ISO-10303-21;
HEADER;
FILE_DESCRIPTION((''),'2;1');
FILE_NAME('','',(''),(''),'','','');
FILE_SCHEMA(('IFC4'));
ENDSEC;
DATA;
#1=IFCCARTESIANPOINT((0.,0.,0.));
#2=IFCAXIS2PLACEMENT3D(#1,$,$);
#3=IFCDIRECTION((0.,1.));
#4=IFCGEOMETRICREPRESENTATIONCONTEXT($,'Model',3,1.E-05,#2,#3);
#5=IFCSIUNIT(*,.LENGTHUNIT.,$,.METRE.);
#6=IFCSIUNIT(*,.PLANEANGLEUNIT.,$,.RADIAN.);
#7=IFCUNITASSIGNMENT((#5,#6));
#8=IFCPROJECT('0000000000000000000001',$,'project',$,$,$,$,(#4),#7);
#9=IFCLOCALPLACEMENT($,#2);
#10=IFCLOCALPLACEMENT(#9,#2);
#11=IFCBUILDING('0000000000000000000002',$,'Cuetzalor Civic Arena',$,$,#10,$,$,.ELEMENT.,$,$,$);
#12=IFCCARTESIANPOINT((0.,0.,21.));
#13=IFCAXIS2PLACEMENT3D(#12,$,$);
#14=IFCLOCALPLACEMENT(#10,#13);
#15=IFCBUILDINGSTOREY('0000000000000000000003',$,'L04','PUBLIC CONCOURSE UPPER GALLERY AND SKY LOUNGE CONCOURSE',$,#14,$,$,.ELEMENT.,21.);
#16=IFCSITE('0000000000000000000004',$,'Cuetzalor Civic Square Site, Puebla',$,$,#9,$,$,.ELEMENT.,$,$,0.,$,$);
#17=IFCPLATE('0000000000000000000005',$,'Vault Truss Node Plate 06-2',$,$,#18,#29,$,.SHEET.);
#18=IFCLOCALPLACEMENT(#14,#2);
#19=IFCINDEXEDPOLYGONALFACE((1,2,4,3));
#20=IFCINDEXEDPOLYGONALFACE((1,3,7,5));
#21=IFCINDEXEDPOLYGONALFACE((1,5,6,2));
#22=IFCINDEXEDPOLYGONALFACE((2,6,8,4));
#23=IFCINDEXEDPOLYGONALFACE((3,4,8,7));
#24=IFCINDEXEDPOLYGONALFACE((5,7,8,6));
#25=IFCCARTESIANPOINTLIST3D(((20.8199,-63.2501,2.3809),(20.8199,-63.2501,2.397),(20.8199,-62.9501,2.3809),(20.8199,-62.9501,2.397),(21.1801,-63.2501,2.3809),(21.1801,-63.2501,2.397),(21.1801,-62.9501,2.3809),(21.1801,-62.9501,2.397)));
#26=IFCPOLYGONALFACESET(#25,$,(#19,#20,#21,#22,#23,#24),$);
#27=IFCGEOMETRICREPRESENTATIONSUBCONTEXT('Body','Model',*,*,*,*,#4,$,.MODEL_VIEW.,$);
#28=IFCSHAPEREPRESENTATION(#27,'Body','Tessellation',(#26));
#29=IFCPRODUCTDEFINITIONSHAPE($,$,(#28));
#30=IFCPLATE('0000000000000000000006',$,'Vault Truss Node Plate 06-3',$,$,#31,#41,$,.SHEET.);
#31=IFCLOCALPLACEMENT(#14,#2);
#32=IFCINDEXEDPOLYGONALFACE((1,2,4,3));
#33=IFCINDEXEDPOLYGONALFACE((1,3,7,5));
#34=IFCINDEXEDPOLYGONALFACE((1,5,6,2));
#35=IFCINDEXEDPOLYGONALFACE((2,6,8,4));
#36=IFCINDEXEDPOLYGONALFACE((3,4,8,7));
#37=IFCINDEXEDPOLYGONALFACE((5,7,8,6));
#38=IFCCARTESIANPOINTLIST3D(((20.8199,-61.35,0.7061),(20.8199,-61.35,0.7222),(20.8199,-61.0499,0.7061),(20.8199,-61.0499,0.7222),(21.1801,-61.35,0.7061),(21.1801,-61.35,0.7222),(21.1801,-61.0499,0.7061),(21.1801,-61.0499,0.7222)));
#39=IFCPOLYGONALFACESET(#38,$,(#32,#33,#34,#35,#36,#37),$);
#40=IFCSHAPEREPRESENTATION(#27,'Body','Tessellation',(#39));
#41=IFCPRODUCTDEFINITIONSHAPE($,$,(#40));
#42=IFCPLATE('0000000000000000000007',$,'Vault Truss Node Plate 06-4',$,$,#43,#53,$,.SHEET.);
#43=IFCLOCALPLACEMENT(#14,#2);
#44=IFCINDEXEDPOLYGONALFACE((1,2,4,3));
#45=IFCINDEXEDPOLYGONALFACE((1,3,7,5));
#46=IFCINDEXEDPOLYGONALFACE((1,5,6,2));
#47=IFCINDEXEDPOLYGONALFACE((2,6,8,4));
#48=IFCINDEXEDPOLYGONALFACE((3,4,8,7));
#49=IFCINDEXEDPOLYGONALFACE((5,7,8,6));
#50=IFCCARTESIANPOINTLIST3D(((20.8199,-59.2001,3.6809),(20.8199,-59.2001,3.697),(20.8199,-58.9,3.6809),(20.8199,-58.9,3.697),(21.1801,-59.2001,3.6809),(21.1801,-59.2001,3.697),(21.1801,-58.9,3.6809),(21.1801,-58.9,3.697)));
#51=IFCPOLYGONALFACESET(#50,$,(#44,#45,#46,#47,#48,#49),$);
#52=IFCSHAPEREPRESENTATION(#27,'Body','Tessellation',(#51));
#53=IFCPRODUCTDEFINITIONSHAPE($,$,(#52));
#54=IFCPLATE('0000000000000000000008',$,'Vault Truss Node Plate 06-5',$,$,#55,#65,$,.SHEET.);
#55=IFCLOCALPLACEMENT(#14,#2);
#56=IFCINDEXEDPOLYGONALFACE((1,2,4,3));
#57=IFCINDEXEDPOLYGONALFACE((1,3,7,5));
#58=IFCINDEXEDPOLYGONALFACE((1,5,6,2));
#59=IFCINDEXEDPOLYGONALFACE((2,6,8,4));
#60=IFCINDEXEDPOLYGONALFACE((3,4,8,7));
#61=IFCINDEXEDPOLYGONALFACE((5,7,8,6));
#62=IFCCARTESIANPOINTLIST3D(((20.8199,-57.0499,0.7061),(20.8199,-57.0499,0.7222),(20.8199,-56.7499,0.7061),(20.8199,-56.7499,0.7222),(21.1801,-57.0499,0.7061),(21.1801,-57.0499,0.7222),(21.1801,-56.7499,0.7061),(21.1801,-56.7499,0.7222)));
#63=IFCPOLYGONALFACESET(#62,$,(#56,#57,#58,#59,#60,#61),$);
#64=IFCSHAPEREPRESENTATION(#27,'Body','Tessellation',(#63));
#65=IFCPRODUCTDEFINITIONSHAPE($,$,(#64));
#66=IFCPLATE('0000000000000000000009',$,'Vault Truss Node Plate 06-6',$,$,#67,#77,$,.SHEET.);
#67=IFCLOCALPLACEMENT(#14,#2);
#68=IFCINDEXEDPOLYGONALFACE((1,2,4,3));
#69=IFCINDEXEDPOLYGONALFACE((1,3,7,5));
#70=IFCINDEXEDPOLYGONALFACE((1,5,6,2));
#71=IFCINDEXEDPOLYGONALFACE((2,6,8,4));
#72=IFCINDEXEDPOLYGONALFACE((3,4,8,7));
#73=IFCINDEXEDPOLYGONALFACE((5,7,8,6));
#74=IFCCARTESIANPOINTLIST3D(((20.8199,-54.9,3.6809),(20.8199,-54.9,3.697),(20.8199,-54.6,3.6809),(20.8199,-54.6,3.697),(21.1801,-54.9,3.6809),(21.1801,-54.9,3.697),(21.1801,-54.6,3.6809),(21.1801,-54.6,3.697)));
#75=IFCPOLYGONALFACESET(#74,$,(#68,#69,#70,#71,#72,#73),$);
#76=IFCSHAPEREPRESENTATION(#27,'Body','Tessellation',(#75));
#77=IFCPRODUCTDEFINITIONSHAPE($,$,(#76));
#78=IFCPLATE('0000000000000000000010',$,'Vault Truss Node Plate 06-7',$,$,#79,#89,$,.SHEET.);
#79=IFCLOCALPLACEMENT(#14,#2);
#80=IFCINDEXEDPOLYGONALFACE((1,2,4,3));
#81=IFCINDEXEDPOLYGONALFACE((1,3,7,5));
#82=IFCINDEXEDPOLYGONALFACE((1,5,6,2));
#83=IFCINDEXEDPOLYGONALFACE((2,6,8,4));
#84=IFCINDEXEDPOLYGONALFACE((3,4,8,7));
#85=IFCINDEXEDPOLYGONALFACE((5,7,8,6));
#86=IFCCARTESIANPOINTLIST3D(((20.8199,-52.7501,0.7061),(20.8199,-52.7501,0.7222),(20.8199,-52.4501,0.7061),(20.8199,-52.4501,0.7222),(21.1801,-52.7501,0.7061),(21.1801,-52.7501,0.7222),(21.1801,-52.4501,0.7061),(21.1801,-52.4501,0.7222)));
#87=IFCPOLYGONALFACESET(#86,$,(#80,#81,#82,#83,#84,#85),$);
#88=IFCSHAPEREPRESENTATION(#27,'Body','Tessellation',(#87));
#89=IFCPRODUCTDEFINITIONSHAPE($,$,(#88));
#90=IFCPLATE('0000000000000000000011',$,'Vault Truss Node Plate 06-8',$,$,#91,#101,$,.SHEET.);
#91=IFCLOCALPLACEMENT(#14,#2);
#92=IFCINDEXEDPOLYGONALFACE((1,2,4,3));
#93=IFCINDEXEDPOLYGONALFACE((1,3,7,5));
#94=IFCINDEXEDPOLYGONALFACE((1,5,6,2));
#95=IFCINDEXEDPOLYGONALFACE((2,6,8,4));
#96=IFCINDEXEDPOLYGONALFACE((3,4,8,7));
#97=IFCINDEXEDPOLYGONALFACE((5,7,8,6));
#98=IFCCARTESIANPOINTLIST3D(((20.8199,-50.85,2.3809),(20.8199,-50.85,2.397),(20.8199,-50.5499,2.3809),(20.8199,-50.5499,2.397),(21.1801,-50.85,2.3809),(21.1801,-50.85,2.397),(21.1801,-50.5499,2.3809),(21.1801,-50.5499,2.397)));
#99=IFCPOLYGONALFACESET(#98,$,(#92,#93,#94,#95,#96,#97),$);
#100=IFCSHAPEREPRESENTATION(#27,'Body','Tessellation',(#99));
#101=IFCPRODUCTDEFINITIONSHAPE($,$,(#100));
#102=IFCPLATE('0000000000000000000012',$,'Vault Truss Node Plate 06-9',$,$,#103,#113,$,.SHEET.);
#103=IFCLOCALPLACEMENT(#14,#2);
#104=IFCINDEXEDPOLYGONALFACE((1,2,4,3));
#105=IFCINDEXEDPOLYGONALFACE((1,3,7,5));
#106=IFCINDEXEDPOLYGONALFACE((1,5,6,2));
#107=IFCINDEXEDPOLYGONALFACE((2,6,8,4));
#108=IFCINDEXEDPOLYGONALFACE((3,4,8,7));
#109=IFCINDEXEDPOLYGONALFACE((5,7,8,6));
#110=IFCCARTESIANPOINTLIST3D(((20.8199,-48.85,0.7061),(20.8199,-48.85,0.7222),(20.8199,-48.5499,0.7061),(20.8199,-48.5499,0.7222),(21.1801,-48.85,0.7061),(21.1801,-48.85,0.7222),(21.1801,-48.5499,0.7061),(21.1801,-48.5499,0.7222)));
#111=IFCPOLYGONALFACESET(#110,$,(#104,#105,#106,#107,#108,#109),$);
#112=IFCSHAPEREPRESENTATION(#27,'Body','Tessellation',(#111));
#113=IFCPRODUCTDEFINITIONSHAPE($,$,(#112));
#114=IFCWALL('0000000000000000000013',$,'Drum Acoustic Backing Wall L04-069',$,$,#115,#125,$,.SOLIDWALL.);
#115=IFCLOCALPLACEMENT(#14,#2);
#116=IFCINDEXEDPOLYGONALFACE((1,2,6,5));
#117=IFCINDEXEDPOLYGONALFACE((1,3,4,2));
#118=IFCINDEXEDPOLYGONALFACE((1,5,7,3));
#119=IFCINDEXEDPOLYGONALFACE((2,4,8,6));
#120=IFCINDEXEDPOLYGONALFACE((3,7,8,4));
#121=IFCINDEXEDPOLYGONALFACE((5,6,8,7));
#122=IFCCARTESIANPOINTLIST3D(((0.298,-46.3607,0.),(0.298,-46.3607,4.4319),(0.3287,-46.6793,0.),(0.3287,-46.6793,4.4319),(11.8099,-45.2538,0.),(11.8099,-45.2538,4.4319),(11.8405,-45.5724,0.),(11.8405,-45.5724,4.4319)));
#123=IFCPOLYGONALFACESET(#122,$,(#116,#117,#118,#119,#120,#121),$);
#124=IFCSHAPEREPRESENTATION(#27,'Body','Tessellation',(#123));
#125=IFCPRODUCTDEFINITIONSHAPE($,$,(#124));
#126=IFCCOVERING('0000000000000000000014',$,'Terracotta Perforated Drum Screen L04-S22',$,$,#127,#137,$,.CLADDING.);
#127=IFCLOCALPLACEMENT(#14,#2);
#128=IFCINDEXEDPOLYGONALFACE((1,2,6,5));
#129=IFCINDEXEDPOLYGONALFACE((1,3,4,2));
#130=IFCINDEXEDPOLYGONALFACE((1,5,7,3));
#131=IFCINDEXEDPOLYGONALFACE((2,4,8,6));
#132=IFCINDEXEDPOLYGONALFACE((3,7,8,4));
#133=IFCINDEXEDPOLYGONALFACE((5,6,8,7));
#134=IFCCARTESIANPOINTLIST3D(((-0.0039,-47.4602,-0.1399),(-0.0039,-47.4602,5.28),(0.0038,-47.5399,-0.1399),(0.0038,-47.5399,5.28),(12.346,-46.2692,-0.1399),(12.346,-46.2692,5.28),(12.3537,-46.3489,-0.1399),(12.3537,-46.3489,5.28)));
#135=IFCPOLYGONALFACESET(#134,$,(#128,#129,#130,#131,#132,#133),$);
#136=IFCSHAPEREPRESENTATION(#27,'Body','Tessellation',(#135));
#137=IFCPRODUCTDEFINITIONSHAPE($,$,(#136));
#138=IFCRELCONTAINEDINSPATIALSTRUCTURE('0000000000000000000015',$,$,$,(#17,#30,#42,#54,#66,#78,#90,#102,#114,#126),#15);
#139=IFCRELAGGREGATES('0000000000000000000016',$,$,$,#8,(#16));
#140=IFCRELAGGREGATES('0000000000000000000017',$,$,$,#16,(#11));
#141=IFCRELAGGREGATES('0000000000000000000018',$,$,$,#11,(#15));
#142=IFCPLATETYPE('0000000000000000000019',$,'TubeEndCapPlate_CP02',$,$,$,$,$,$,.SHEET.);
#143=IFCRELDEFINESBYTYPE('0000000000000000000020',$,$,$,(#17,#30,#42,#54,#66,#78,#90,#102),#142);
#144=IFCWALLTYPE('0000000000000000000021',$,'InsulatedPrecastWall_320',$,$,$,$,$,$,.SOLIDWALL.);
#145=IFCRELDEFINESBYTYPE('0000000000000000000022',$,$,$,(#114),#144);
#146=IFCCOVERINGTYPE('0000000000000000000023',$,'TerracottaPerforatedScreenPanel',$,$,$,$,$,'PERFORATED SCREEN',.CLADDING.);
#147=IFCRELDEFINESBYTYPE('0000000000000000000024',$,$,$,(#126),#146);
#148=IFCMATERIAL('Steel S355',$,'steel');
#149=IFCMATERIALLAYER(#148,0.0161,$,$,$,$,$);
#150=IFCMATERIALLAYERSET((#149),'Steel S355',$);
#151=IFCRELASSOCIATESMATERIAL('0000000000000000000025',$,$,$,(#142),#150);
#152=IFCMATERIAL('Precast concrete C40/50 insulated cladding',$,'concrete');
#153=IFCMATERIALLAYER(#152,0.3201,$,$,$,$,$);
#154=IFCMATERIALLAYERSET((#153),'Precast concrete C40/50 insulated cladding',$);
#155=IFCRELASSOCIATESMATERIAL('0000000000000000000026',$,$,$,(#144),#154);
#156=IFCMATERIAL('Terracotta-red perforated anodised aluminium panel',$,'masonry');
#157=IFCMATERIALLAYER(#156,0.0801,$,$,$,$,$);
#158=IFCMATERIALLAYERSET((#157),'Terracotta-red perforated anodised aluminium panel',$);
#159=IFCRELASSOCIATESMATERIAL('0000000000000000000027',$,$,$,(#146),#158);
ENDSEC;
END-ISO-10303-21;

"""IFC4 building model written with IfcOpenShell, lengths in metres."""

from ifc_helpers import new_model, si_unit, direction, frame, frame_2d, origin, origin_2d, place, context, subcontext, project, spatial, rectangle, extrude, material, layer, layer_set, type_object, element, save


model = new_model("IFC4")

# Units and contexts
model_context = context("Model", 3, precision=1e-05, world=origin(), true_north=direction((0.0, 1.0)))
body_context = subcontext(model_context, "Body", "Model", "MODEL_VIEW")
ifc_project = project(units=[si_unit("LENGTHUNIT", "METRE"), si_unit("PLANEANGLEUNIT", "RADIAN")], contexts=[model_context])

# Site, building, storey
site_placement = place(None, origin())
site = spatial("IfcSite", under=ifc_project, at=site_placement, Name="Cuetzalor Civic Square Site, Puebla", CompositionType="ELEMENT", RefElevation=0.0)
building_placement = place(site_placement, origin())
building = spatial("IfcBuilding", under=site, at=building_placement, Name="Cuetzalor Civic Arena", CompositionType="ELEMENT")
storey_placement = place(building_placement, frame((0.0, 0.0, 21.0)))
storey = spatial("IfcBuildingStorey", under=building, at=storey_placement, Name="L04", Description="PUBLIC CONCOURSE UPPER GALLERY AND SKY LOUNGE CONCOURSE", CompositionType="ELEMENT", Elevation=21.0)

# Plates
ifc_material_1 = material(Name="Steel S355", Category="steel")
ifc_layer_1 = layer(ifc_material_1, 0.0161)
ifc_layer_set_1 = layer_set([ifc_layer_1], Name="Steel S355")
plate_type_1 = type_object("IfcPlateType", Name="TubeEndCapPlate_CP02", PredefinedType="SHEET", material=ifc_layer_set_1)
for number, where, z_axis, x_axis, name in (
    (1, (21.0, -63.1001, 2.3809), (0.0, 0.0, 1.0), (1.0, 0.0, 0.0), "Vault Truss Node Plate 06-2"),
    (2, (21.0, -61.2, 0.7061), (0.0, 0.0, 1.0), (1.0, 0.0, 0.0), "Vault Truss Node Plate 06-3"),
    (3, (21.0, -59.05, 3.6809), (0.0, 0.0, 1.0), (1.0, 0.0, 0.0), "Vault Truss Node Plate 06-4"),
    (4, (21.0, -56.8999, 0.7061), (0.0, 0.0, 1.0), (1.0, 0.0, 0.0), "Vault Truss Node Plate 06-5"),
    (5, (21.0, -54.75, 3.6809), (0.0, 0.0, 1.0), (1.0, 0.0, 0.0), "Vault Truss Node Plate 06-6"),
    (6, (21.0, -52.6001, 0.7061), (0.0, 0.0, 1.0), (1.0, 0.0, 0.0), "Vault Truss Node Plate 06-7"),
    (7, (21.0, -50.7, 2.3809), (0.0, 0.0, 1.0), (1.0, 0.0, 0.0), "Vault Truss Node Plate 06-8"),
    (8, (21.0, -48.7, 0.7061), (0.0, 0.0, 1.0), (1.0, 0.0, 0.0), "Vault Truss Node Plate 06-9"),
):
    element("IfcPlate", number, at=place(storey_placement, frame(where, z_axis=z_axis, x_axis=x_axis)), inside=storey, type_object=plate_type_1, Name=name, PredefinedType="SHEET", context=body_context, shape_type="SweptSolid", body=[
        extrude(rectangle(XDim=0.3601, YDim=0.3, at=origin_2d()), origin(), (0.0, 0.0, 1.0), 0.0161),
    ])

# Wall
ifc_material_2 = material(Name="Precast concrete C40/50 insulated cladding", Category="concrete")
ifc_layer_2 = layer(ifc_material_2, 0.3201)
ifc_layer_set_2 = layer_set([ifc_layer_2], Name="Precast concrete C40/50 insulated cladding")
wall_type = type_object("IfcWallType", Name="InsulatedPrecastWall_320", PredefinedType="SOLIDWALL", material=ifc_layer_set_2)
wall_placement = place(storey_placement, frame((11.8252, -45.4131, 0.0), z_axis=(0.0, 0.0, 1.0), x_axis=(-0.995409, -0.095714, 0.0)))
element("IfcWall", 9, at=wall_placement, inside=storey, type_object=wall_type, Name="Drum Acoustic Backing Wall L04-069", PredefinedType="SOLIDWALL", context=body_context, shape_type="SweptSolid", body=[
    extrude(rectangle(XDim=11.5649, YDim=0.3201, at=frame_2d((5.7825, 0.0))), origin(), (0.0, 0.0, 1.0), 4.4319),
])

# Covering
ifc_material_3 = material(Name="Terracotta-red perforated anodised aluminium panel", Category="masonry")
ifc_layer_3 = layer(ifc_material_3, 0.0801)
ifc_layer_set_3 = layer_set([ifc_layer_3], Name="Terracotta-red perforated anodised aluminium panel")
covering_type = type_object("IfcCoveringType", Name="TerracottaPerforatedScreenPanel", ElementType="PERFORATED SCREEN", PredefinedType="CLADDING", material=ifc_layer_set_3)
covering_placement = place(storey_placement, frame((12.3499, -46.3091, -0.1399), z_axis=(0.0, 0.0, 1.0), x_axis=(-0.995383, -0.095986, 0.0)))
element("IfcCovering", 10, at=covering_placement, inside=storey, type_object=covering_type, Name="Terracotta Perforated Drum Screen L04-S22", PredefinedType="CLADDING", context=body_context, shape_type="SweptSolid", body=[
    extrude(rectangle(XDim=12.4072, YDim=0.0801, at=frame_2d((6.2036, 0.0))), origin(), (0.0, 0.0, 1.0), 5.4199),
])

save(model, "model.ifc")
